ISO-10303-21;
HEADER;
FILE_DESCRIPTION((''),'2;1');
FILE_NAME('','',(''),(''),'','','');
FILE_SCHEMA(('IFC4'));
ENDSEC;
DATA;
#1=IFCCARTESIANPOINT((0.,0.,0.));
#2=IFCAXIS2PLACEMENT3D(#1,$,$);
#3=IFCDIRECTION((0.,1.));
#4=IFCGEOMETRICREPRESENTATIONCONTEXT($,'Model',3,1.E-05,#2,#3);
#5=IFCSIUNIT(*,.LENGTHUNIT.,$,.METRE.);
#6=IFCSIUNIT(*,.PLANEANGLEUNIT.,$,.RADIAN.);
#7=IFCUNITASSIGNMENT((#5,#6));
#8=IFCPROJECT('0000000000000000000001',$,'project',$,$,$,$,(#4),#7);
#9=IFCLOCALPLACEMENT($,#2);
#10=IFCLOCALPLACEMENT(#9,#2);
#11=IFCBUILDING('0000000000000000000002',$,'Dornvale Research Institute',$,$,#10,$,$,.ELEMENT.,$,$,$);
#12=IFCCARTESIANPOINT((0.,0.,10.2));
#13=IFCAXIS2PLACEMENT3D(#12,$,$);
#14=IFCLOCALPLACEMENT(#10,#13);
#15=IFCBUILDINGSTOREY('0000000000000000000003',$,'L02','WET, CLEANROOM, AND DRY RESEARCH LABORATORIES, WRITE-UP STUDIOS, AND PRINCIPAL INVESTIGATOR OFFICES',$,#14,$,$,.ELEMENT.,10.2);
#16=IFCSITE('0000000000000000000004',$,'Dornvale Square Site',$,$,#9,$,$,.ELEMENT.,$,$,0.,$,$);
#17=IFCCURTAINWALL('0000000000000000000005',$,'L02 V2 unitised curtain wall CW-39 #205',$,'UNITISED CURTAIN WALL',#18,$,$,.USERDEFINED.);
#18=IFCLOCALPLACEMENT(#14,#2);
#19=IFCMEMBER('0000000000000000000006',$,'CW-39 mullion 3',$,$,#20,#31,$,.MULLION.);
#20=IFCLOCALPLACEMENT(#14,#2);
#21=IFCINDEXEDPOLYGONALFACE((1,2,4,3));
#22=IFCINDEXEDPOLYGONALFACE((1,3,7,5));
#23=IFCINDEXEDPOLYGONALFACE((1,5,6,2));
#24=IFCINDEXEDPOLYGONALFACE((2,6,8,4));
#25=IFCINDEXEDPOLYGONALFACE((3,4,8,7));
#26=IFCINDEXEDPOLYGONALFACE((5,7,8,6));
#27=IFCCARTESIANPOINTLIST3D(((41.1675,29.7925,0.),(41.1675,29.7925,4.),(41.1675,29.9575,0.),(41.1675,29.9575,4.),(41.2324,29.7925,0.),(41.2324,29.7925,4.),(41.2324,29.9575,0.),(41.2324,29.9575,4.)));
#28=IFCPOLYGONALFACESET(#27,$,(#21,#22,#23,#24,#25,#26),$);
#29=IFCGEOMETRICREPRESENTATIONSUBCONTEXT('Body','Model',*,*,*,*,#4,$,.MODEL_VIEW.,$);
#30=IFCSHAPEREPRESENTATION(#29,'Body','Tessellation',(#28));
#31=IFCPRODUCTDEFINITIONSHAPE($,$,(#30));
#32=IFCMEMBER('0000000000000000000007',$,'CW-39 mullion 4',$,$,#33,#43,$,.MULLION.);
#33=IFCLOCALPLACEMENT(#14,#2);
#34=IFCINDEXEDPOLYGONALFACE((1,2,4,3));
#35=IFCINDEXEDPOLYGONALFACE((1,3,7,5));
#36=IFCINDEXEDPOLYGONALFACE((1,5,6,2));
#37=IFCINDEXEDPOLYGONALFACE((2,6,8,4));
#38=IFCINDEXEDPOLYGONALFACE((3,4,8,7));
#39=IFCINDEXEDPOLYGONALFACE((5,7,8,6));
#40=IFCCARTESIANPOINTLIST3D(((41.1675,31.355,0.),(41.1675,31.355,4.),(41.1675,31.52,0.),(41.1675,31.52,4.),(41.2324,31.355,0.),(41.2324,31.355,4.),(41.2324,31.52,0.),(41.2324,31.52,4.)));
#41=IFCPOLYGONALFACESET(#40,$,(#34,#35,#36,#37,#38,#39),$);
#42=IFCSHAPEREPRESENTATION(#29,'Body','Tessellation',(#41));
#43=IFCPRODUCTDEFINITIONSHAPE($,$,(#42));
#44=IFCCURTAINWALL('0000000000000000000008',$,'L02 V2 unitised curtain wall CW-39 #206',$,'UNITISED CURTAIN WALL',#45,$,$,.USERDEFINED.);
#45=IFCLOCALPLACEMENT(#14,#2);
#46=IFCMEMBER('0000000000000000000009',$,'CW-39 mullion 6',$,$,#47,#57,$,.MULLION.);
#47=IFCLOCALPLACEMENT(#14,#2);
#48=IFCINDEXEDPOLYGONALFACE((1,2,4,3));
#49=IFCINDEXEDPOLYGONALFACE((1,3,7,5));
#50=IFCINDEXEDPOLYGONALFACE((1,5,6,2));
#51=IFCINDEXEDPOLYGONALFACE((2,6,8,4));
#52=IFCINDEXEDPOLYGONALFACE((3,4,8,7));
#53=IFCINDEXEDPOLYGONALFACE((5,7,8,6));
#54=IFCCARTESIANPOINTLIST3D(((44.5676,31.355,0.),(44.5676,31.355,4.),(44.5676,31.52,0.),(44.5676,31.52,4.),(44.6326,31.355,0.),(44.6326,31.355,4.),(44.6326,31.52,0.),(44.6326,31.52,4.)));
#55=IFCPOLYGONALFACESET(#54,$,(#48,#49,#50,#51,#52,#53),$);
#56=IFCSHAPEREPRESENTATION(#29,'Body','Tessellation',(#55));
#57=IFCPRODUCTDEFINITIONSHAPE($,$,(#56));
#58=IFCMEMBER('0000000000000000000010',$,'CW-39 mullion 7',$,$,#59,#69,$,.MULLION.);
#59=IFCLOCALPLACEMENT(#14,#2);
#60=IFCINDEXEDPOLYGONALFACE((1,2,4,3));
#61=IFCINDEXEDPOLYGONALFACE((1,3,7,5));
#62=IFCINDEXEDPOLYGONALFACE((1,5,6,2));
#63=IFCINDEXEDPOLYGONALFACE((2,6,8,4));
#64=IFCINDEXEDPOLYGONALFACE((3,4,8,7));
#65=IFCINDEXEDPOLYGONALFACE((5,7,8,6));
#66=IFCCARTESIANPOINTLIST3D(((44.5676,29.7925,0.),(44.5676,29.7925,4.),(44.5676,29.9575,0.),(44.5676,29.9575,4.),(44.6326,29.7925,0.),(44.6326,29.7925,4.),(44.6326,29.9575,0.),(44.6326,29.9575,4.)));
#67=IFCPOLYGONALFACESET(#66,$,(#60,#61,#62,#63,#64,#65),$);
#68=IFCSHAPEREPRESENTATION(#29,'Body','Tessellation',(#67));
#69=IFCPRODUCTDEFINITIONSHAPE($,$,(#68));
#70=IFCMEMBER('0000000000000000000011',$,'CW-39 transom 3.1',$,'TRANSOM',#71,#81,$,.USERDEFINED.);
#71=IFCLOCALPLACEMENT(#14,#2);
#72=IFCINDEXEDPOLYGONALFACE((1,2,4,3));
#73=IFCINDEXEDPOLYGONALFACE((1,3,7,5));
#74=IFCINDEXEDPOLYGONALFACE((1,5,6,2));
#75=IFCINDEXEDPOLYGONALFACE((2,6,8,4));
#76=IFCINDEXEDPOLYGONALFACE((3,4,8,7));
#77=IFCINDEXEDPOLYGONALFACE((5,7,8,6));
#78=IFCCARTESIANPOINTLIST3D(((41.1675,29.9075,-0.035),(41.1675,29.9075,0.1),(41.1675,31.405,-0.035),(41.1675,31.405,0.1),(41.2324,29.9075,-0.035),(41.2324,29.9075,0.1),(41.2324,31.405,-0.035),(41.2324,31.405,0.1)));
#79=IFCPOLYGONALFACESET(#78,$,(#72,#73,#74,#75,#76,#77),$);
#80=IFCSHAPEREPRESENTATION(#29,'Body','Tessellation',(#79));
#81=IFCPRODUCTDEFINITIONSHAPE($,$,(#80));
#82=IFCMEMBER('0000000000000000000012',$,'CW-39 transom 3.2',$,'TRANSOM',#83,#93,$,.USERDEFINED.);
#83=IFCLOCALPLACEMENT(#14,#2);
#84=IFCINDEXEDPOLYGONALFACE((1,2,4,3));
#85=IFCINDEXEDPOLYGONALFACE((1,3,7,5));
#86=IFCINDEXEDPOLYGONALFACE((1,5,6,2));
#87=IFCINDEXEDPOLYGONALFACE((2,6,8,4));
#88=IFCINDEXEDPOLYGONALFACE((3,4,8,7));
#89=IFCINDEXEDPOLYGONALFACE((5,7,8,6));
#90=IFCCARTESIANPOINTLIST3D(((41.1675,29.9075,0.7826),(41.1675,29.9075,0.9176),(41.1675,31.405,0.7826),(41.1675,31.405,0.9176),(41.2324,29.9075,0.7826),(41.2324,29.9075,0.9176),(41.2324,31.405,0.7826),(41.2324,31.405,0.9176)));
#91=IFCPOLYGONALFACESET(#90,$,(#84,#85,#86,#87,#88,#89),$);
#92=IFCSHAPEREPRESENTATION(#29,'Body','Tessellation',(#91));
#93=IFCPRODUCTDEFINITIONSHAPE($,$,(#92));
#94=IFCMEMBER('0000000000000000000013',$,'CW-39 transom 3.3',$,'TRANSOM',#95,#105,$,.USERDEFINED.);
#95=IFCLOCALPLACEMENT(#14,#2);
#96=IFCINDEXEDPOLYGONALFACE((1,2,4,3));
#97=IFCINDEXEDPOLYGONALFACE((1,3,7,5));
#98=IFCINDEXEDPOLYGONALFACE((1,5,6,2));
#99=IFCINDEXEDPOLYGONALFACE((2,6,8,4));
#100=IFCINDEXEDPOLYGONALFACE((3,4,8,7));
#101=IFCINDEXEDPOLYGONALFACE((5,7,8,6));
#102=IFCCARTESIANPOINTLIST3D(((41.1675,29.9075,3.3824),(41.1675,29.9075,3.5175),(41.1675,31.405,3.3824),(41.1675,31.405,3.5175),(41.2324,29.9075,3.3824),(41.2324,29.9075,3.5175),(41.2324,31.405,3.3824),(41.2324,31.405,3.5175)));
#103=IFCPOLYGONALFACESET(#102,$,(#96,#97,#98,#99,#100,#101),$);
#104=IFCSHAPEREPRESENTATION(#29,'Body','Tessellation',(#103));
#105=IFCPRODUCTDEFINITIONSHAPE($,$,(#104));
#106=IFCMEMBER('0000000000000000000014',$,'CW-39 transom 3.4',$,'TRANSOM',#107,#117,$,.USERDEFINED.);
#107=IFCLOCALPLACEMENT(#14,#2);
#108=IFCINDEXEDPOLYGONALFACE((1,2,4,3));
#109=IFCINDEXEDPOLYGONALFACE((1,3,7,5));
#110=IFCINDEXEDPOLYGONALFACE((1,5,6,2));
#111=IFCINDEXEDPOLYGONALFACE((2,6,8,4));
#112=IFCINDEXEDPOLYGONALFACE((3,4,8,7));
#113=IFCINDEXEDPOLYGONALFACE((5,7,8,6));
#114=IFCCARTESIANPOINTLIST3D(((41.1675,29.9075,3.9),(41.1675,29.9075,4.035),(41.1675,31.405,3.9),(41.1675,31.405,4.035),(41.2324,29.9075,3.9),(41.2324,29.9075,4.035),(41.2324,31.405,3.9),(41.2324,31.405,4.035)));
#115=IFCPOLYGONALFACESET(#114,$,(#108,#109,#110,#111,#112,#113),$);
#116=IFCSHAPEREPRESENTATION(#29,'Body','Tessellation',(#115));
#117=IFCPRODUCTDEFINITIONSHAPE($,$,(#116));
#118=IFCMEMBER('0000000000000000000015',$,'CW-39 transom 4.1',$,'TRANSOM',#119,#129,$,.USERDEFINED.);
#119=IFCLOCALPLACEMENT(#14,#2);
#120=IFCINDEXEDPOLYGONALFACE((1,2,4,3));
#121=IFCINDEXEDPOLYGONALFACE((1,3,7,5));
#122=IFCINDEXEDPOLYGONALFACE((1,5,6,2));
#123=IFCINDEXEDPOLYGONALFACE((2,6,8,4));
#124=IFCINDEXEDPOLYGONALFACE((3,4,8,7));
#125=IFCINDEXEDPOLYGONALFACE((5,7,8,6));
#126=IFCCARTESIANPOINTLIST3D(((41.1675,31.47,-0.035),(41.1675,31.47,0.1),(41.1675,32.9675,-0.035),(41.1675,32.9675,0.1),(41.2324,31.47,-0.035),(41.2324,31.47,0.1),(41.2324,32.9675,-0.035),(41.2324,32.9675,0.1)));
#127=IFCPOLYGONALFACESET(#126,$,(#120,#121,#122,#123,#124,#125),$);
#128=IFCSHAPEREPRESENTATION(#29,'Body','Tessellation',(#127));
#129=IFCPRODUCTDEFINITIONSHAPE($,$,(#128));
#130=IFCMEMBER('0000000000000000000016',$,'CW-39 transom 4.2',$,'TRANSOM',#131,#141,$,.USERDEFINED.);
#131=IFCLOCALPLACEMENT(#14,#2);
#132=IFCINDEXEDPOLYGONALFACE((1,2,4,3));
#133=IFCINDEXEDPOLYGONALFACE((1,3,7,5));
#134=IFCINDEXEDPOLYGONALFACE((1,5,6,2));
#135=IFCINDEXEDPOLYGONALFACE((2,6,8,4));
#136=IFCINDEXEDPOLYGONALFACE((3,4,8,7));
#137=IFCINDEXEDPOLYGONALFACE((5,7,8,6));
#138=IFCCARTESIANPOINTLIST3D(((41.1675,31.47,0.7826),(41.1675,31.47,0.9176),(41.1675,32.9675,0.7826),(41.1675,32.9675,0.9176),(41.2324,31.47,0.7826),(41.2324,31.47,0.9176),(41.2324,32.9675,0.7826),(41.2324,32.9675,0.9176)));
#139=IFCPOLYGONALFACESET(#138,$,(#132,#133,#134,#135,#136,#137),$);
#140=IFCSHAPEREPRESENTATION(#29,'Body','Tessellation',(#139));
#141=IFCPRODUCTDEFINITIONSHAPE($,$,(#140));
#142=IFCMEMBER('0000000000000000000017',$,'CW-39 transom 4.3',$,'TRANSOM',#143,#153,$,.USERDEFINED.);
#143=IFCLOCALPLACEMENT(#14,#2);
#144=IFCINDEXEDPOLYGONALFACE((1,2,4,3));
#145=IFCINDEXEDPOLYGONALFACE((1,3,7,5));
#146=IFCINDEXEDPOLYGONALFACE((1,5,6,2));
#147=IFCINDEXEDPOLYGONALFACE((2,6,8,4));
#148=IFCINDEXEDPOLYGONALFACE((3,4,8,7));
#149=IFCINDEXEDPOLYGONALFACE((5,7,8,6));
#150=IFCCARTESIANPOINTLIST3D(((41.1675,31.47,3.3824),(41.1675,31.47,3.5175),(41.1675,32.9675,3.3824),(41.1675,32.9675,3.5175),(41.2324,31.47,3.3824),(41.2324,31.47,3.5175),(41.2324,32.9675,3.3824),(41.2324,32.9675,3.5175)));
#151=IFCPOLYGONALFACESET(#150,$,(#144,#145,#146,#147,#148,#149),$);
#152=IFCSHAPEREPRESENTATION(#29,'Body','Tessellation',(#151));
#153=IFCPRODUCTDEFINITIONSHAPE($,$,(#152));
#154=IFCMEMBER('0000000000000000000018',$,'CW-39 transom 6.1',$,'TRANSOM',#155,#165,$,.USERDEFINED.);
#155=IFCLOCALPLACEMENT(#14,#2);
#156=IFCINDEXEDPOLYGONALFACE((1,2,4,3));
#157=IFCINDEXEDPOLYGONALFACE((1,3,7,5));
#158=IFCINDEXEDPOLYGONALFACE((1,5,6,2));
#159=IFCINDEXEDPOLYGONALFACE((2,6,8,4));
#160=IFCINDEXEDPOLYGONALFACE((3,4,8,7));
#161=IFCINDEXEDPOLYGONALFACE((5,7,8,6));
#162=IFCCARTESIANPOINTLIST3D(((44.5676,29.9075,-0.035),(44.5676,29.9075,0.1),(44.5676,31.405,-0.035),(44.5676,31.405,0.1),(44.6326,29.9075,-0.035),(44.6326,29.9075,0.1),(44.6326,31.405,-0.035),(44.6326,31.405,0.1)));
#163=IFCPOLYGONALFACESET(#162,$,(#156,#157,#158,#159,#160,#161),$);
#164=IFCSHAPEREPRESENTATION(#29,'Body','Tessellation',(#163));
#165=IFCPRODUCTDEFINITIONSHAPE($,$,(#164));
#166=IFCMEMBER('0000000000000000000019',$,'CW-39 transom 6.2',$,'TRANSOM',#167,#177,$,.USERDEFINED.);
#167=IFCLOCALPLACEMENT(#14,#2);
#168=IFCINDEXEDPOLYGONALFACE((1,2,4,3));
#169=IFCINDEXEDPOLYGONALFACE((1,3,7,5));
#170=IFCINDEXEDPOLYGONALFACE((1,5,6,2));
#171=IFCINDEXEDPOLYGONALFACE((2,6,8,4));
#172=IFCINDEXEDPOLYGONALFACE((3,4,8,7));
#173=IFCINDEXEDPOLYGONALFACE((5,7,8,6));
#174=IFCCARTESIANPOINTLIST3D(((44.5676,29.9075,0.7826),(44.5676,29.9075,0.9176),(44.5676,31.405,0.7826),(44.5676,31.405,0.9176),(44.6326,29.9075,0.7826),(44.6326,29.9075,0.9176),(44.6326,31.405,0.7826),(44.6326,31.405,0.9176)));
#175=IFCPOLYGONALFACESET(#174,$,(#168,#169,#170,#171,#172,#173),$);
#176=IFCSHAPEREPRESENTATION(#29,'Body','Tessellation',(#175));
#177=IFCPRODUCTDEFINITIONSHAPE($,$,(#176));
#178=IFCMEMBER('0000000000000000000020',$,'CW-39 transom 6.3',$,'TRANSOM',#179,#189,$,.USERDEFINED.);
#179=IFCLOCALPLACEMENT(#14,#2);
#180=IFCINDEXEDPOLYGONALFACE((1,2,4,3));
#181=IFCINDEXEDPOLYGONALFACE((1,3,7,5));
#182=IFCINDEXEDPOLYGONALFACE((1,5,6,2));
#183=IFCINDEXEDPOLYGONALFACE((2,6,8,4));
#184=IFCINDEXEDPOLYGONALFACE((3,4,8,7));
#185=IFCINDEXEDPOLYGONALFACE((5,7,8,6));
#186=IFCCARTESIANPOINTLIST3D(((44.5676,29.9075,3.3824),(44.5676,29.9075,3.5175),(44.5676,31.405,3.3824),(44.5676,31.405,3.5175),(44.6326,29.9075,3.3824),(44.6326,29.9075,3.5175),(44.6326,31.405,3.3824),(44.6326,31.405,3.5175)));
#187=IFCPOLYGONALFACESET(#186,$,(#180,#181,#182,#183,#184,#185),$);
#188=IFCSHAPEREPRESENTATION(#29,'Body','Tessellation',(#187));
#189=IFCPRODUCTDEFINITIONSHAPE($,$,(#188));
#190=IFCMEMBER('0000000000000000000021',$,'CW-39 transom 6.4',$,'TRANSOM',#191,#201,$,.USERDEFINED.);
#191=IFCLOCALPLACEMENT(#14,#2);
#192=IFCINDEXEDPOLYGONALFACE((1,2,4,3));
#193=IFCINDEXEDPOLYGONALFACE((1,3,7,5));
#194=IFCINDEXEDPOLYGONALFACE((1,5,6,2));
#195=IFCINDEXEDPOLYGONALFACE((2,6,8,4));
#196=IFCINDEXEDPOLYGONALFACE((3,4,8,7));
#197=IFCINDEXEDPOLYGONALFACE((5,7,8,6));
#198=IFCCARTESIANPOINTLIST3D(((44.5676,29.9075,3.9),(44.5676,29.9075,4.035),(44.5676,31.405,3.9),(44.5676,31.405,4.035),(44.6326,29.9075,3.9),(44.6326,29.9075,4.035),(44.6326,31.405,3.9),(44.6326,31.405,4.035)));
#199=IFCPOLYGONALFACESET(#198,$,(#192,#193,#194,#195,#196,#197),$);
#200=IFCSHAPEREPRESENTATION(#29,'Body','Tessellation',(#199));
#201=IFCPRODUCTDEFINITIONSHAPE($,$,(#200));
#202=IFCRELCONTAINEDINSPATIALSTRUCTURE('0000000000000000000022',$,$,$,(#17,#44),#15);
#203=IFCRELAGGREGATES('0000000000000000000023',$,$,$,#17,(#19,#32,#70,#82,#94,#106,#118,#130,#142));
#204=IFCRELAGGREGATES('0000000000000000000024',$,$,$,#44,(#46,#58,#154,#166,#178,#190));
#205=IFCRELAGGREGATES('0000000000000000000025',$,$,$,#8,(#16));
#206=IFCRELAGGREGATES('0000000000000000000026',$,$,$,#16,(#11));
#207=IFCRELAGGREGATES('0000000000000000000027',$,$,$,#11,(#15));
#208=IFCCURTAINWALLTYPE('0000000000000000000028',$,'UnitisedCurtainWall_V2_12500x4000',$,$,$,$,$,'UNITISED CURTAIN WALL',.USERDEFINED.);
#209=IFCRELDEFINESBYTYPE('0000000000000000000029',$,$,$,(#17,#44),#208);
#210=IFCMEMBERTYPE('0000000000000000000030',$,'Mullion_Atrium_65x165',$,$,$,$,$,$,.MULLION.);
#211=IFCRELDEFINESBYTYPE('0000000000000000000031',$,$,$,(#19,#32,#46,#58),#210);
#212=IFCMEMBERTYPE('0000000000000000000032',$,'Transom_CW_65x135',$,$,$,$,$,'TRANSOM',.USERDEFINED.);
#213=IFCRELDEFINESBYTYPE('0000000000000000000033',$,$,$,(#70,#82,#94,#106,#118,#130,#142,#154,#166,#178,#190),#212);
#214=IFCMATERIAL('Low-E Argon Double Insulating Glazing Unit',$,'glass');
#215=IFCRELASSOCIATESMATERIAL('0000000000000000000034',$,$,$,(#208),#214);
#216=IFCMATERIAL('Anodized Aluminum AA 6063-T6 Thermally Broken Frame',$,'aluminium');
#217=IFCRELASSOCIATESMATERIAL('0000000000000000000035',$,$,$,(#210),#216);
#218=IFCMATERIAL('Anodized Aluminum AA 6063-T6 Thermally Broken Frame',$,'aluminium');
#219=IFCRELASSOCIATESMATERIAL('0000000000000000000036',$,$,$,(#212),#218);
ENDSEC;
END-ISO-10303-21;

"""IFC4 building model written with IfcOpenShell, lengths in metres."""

from ifc_helpers import new_model, si_unit, direction, frame, origin, origin_2d, place, context, subcontext, project, spatial, rectangle, extrude, material, material_profile, profile_set, type_object, element, aggregate, save


model = new_model("IFC4")

# Units and contexts
model_context = context("Model", 3, precision=1e-05, world=origin(), true_north=direction((0.0, 1.0)))
body_context = subcontext(model_context, "Body", "Model", "MODEL_VIEW")
ifc_project = project(units=[si_unit("LENGTHUNIT", "METRE"), si_unit("PLANEANGLEUNIT", "RADIAN")], contexts=[model_context])

# Site, building, storey
site_placement = place(None, origin())
site = spatial("IfcSite", under=ifc_project, at=site_placement, Name="Dornvale Square Site", CompositionType="ELEMENT", RefElevation=0.0)
building_placement = place(site_placement, origin())
building = spatial("IfcBuilding", under=site, at=building_placement, Name="Dornvale Research Institute", CompositionType="ELEMENT")
storey_placement = place(building_placement, frame((0.0, 0.0, 10.2)))
storey = spatial("IfcBuildingStorey", under=building, at=storey_placement, Name="L02", Description="WET, CLEANROOM, AND DRY RESEARCH LABORATORIES, WRITE-UP STUDIOS, AND PRINCIPAL INVESTIGATOR OFFICES", CompositionType="ELEMENT", Elevation=10.2)

# Curtain walls, members
ifc_material_1 = material(Name="Low-E Argon Double Insulating Glazing Unit", Category="glass")
curtain_wall_type = type_object("IfcCurtainWallType", Name="UnitisedCurtainWall_V2_12500x4000", ElementType="UNITISED CURTAIN WALL", PredefinedType="USERDEFINED", material=ifc_material_1)
curtain_wall_1_placement = place(storey_placement, origin())
curtain_wall_1 = element("IfcCurtainWall", 1, at=curtain_wall_1_placement, inside=storey, type_object=curtain_wall_type, Name="L02 V2 unitised curtain wall CW-39 #205", ObjectType="UNITISED CURTAIN WALL", PredefinedType="USERDEFINED")
ifc_material_2 = material(Name="Anodized Aluminum AA 6063-T6 Thermally Broken Frame", Category="aluminium")
ifc_material_profile_1 = material_profile(ifc_material_2, rectangle(XDim=0.0649, YDim=0.165, at=origin_2d()), Name="ALU MULLION 65x165")
ifc_profile_set_1 = profile_set([ifc_material_profile_1], Name="Anodized Aluminum AA 6063-T6 Thermally Broken Frame")
member_type_1 = type_object("IfcMemberType", Name="Mullion_Atrium_65x165", PredefinedType="MULLION", material=ifc_profile_set_1)
member_1_placement = place(storey_placement, frame((41.2, 29.875, 0.0), z_axis=(0.0, 0.0, 1.0), x_axis=(-1.0, 0.0, 0.0)))
member_1 = element("IfcMember", 2, at=member_1_placement, type_object=member_type_1, Name="CW-39 mullion 3", PredefinedType="MULLION", context=body_context, shape_type="SweptSolid", body=[
    extrude(rectangle(XDim=0.0649, YDim=0.165, at=origin_2d()), origin(), (0.0, 0.0, 1.0), 4.0),
])
member_2_placement = place(storey_placement, frame((41.2, 31.4375, 0.0), z_axis=(0.0, 0.0, 1.0), x_axis=(-1.0, 0.0, 0.0)))
member_2 = element("IfcMember", 3, at=member_2_placement, type_object=member_type_1, Name="CW-39 mullion 4", PredefinedType="MULLION", context=body_context, shape_type="SweptSolid", body=[
    extrude(rectangle(XDim=0.0649, YDim=0.165, at=origin_2d()), origin(), (0.0, 0.0, 1.0), 4.0),
])
curtain_wall_2_placement = place(storey_placement, origin())
curtain_wall_2 = element("IfcCurtainWall", 4, at=curtain_wall_2_placement, inside=storey, type_object=curtain_wall_type, Name="L02 V2 unitised curtain wall CW-39 #206", ObjectType="UNITISED CURTAIN WALL", PredefinedType="USERDEFINED")
member_3_placement = place(storey_placement, frame((44.6001, 31.4375, 0.0), z_axis=(0.0, 0.0, 1.0), x_axis=(1.0, 0.0, 0.0)))
member_3 = element("IfcMember", 5, at=member_3_placement, type_object=member_type_1, Name="CW-39 mullion 6", PredefinedType="MULLION", context=body_context, shape_type="SweptSolid", body=[
    extrude(rectangle(XDim=0.0649, YDim=0.165, at=origin_2d()), origin(), (0.0, 0.0, 1.0), 4.0),
])
member_4_placement = place(storey_placement, frame((44.6001, 29.875, 0.0), z_axis=(0.0, 0.0, 1.0), x_axis=(1.0, 0.0, 0.0)))
member_4 = element("IfcMember", 6, at=member_4_placement, type_object=member_type_1, Name="CW-39 mullion 7", PredefinedType="MULLION", context=body_context, shape_type="SweptSolid", body=[
    extrude(rectangle(XDim=0.0649, YDim=0.165, at=origin_2d()), origin(), (0.0, 0.0, 1.0), 4.0),
])

# Members
ifc_material_3 = material(Name="Anodized Aluminum AA 6063-T6 Thermally Broken Frame", Category="aluminium")
ifc_material_profile_2 = material_profile(ifc_material_3, rectangle(XDim=0.0649, YDim=0.135, at=origin_2d()), Name="ALU TRANSOM 65x135")
ifc_profile_set_2 = profile_set([ifc_material_profile_2], Name="Anodized Aluminum AA 6063-T6 Thermally Broken Frame")
member_type_2 = type_object("IfcMemberType", Name="Transom_CW_65x135", ElementType="TRANSOM", PredefinedType="USERDEFINED", material=ifc_profile_set_2)
member_5_placement = place(storey_placement, frame((41.2, 29.9075, 0.0325), z_axis=(0.0, 1.0, 0.0), x_axis=(-1.0, 0.0, 0.0)))
member_5 = element("IfcMember", 7, at=member_5_placement, type_object=member_type_2, Name="CW-39 transom 3.1", ObjectType="TRANSOM", PredefinedType="USERDEFINED", context=body_context, shape_type="SweptSolid", body=[
    extrude(rectangle(XDim=0.0649, YDim=0.135, at=origin_2d()), origin(), (0.0, 0.0, 1.0), 1.4976),
])
member_6_placement = place(storey_placement, frame((41.2, 29.9075, 0.8501), z_axis=(0.0, 1.0, 0.0), x_axis=(-1.0, 0.0, 0.0)))
member_6 = element("IfcMember", 8, at=member_6_placement, type_object=member_type_2, Name="CW-39 transom 3.2", ObjectType="TRANSOM", PredefinedType="USERDEFINED", context=body_context, shape_type="SweptSolid", body=[
    extrude(rectangle(XDim=0.0649, YDim=0.135, at=origin_2d()), origin(), (0.0, 0.0, 1.0), 1.4976),
])
member_7_placement = place(storey_placement, frame((41.2, 29.9075, 3.45), z_axis=(0.0, 1.0, 0.0), x_axis=(-1.0, 0.0, 0.0)))
member_7 = element("IfcMember", 9, at=member_7_placement, type_object=member_type_2, Name="CW-39 transom 3.3", ObjectType="TRANSOM", PredefinedType="USERDEFINED", context=body_context, shape_type="SweptSolid", body=[
    extrude(rectangle(XDim=0.0649, YDim=0.135, at=origin_2d()), origin(), (0.0, 0.0, 1.0), 1.4976),
])
member_8_placement = place(storey_placement, frame((41.2, 29.9075, 3.9675), z_axis=(0.0, 1.0, 0.0), x_axis=(-1.0, 0.0, 0.0)))
member_8 = element("IfcMember", 10, at=member_8_placement, type_object=member_type_2, Name="CW-39 transom 3.4", ObjectType="TRANSOM", PredefinedType="USERDEFINED", context=body_context, shape_type="SweptSolid", body=[
    extrude(rectangle(XDim=0.0649, YDim=0.135, at=origin_2d()), origin(), (0.0, 0.0, 1.0), 1.4976),
])
member_9_placement = place(storey_placement, frame((41.2, 31.47, 0.0325), z_axis=(0.0, 1.0, 0.0), x_axis=(-1.0, 0.0, 0.0)))
member_9 = element("IfcMember", 11, at=member_9_placement, type_object=member_type_2, Name="CW-39 transom 4.1", ObjectType="TRANSOM", PredefinedType="USERDEFINED", context=body_context, shape_type="SweptSolid", body=[
    extrude(rectangle(XDim=0.0649, YDim=0.135, at=origin_2d()), origin(), (0.0, 0.0, 1.0), 1.4976),
])
member_10_placement = place(storey_placement, frame((41.2, 31.47, 0.8501), z_axis=(0.0, 1.0, 0.0), x_axis=(-1.0, 0.0, 0.0)))
member_10 = element("IfcMember", 12, at=member_10_placement, type_object=member_type_2, Name="CW-39 transom 4.2", ObjectType="TRANSOM", PredefinedType="USERDEFINED", context=body_context, shape_type="SweptSolid", body=[
    extrude(rectangle(XDim=0.0649, YDim=0.135, at=origin_2d()), origin(), (0.0, 0.0, 1.0), 1.4976),
])
member_11_placement = place(storey_placement, frame((41.2, 31.47, 3.45), z_axis=(0.0, 1.0, 0.0), x_axis=(-1.0, 0.0, 0.0)))
member_11 = element("IfcMember", 13, at=member_11_placement, type_object=member_type_2, Name="CW-39 transom 4.3", ObjectType="TRANSOM", PredefinedType="USERDEFINED", context=body_context, shape_type="SweptSolid", body=[
    extrude(rectangle(XDim=0.0649, YDim=0.135, at=origin_2d()), origin(), (0.0, 0.0, 1.0), 1.4976),
])
member_12_placement = place(storey_placement, frame((44.6001, 31.405, 0.0325), z_axis=(0.0, -1.0, 0.0), x_axis=(1.0, 0.0, 0.0)))
member_12 = element("IfcMember", 14, at=member_12_placement, type_object=member_type_2, Name="CW-39 transom 6.1", ObjectType="TRANSOM", PredefinedType="USERDEFINED", context=body_context, shape_type="SweptSolid", body=[
    extrude(rectangle(XDim=0.0649, YDim=0.135, at=origin_2d()), origin(), (0.0, 0.0, 1.0), 1.4976),
])
member_13_placement = place(storey_placement, frame((44.6001, 31.405, 0.8501), z_axis=(0.0, -1.0, 0.0), x_axis=(1.0, 0.0, 0.0)))
member_13 = element("IfcMember", 15, at=member_13_placement, type_object=member_type_2, Name="CW-39 transom 6.2", ObjectType="TRANSOM", PredefinedType="USERDEFINED", context=body_context, shape_type="SweptSolid", body=[
    extrude(rectangle(XDim=0.0649, YDim=0.135, at=origin_2d()), origin(), (0.0, 0.0, 1.0), 1.4976),
])
member_14_placement = place(storey_placement, frame((44.6001, 31.405, 3.45), z_axis=(0.0, -1.0, 0.0), x_axis=(1.0, 0.0, 0.0)))
member_14 = element("IfcMember", 16, at=member_14_placement, type_object=member_type_2, Name="CW-39 transom 6.3", ObjectType="TRANSOM", PredefinedType="USERDEFINED", context=body_context, shape_type="SweptSolid", body=[
    extrude(rectangle(XDim=0.0649, YDim=0.135, at=origin_2d()), origin(), (0.0, 0.0, 1.0), 1.4976),
])
member_15_placement = place(storey_placement, frame((44.6001, 31.405, 3.9675), z_axis=(0.0, -1.0, 0.0), x_axis=(1.0, 0.0, 0.0)))
member_15 = element("IfcMember", 17, at=member_15_placement, type_object=member_type_2, Name="CW-39 transom 6.4", ObjectType="TRANSOM", PredefinedType="USERDEFINED", context=body_context, shape_type="SweptSolid", body=[
    extrude(rectangle(XDim=0.0649, YDim=0.135, at=origin_2d()), origin(), (0.0, 0.0, 1.0), 1.4976),
])

aggregate(curtain_wall_1, [member_1, member_2, member_5, member_6, member_7, member_8, member_9, member_10, member_11])
aggregate(curtain_wall_2, [member_3, member_4, member_12, member_13, member_14, member_15])

save(model, "model.ifc")
